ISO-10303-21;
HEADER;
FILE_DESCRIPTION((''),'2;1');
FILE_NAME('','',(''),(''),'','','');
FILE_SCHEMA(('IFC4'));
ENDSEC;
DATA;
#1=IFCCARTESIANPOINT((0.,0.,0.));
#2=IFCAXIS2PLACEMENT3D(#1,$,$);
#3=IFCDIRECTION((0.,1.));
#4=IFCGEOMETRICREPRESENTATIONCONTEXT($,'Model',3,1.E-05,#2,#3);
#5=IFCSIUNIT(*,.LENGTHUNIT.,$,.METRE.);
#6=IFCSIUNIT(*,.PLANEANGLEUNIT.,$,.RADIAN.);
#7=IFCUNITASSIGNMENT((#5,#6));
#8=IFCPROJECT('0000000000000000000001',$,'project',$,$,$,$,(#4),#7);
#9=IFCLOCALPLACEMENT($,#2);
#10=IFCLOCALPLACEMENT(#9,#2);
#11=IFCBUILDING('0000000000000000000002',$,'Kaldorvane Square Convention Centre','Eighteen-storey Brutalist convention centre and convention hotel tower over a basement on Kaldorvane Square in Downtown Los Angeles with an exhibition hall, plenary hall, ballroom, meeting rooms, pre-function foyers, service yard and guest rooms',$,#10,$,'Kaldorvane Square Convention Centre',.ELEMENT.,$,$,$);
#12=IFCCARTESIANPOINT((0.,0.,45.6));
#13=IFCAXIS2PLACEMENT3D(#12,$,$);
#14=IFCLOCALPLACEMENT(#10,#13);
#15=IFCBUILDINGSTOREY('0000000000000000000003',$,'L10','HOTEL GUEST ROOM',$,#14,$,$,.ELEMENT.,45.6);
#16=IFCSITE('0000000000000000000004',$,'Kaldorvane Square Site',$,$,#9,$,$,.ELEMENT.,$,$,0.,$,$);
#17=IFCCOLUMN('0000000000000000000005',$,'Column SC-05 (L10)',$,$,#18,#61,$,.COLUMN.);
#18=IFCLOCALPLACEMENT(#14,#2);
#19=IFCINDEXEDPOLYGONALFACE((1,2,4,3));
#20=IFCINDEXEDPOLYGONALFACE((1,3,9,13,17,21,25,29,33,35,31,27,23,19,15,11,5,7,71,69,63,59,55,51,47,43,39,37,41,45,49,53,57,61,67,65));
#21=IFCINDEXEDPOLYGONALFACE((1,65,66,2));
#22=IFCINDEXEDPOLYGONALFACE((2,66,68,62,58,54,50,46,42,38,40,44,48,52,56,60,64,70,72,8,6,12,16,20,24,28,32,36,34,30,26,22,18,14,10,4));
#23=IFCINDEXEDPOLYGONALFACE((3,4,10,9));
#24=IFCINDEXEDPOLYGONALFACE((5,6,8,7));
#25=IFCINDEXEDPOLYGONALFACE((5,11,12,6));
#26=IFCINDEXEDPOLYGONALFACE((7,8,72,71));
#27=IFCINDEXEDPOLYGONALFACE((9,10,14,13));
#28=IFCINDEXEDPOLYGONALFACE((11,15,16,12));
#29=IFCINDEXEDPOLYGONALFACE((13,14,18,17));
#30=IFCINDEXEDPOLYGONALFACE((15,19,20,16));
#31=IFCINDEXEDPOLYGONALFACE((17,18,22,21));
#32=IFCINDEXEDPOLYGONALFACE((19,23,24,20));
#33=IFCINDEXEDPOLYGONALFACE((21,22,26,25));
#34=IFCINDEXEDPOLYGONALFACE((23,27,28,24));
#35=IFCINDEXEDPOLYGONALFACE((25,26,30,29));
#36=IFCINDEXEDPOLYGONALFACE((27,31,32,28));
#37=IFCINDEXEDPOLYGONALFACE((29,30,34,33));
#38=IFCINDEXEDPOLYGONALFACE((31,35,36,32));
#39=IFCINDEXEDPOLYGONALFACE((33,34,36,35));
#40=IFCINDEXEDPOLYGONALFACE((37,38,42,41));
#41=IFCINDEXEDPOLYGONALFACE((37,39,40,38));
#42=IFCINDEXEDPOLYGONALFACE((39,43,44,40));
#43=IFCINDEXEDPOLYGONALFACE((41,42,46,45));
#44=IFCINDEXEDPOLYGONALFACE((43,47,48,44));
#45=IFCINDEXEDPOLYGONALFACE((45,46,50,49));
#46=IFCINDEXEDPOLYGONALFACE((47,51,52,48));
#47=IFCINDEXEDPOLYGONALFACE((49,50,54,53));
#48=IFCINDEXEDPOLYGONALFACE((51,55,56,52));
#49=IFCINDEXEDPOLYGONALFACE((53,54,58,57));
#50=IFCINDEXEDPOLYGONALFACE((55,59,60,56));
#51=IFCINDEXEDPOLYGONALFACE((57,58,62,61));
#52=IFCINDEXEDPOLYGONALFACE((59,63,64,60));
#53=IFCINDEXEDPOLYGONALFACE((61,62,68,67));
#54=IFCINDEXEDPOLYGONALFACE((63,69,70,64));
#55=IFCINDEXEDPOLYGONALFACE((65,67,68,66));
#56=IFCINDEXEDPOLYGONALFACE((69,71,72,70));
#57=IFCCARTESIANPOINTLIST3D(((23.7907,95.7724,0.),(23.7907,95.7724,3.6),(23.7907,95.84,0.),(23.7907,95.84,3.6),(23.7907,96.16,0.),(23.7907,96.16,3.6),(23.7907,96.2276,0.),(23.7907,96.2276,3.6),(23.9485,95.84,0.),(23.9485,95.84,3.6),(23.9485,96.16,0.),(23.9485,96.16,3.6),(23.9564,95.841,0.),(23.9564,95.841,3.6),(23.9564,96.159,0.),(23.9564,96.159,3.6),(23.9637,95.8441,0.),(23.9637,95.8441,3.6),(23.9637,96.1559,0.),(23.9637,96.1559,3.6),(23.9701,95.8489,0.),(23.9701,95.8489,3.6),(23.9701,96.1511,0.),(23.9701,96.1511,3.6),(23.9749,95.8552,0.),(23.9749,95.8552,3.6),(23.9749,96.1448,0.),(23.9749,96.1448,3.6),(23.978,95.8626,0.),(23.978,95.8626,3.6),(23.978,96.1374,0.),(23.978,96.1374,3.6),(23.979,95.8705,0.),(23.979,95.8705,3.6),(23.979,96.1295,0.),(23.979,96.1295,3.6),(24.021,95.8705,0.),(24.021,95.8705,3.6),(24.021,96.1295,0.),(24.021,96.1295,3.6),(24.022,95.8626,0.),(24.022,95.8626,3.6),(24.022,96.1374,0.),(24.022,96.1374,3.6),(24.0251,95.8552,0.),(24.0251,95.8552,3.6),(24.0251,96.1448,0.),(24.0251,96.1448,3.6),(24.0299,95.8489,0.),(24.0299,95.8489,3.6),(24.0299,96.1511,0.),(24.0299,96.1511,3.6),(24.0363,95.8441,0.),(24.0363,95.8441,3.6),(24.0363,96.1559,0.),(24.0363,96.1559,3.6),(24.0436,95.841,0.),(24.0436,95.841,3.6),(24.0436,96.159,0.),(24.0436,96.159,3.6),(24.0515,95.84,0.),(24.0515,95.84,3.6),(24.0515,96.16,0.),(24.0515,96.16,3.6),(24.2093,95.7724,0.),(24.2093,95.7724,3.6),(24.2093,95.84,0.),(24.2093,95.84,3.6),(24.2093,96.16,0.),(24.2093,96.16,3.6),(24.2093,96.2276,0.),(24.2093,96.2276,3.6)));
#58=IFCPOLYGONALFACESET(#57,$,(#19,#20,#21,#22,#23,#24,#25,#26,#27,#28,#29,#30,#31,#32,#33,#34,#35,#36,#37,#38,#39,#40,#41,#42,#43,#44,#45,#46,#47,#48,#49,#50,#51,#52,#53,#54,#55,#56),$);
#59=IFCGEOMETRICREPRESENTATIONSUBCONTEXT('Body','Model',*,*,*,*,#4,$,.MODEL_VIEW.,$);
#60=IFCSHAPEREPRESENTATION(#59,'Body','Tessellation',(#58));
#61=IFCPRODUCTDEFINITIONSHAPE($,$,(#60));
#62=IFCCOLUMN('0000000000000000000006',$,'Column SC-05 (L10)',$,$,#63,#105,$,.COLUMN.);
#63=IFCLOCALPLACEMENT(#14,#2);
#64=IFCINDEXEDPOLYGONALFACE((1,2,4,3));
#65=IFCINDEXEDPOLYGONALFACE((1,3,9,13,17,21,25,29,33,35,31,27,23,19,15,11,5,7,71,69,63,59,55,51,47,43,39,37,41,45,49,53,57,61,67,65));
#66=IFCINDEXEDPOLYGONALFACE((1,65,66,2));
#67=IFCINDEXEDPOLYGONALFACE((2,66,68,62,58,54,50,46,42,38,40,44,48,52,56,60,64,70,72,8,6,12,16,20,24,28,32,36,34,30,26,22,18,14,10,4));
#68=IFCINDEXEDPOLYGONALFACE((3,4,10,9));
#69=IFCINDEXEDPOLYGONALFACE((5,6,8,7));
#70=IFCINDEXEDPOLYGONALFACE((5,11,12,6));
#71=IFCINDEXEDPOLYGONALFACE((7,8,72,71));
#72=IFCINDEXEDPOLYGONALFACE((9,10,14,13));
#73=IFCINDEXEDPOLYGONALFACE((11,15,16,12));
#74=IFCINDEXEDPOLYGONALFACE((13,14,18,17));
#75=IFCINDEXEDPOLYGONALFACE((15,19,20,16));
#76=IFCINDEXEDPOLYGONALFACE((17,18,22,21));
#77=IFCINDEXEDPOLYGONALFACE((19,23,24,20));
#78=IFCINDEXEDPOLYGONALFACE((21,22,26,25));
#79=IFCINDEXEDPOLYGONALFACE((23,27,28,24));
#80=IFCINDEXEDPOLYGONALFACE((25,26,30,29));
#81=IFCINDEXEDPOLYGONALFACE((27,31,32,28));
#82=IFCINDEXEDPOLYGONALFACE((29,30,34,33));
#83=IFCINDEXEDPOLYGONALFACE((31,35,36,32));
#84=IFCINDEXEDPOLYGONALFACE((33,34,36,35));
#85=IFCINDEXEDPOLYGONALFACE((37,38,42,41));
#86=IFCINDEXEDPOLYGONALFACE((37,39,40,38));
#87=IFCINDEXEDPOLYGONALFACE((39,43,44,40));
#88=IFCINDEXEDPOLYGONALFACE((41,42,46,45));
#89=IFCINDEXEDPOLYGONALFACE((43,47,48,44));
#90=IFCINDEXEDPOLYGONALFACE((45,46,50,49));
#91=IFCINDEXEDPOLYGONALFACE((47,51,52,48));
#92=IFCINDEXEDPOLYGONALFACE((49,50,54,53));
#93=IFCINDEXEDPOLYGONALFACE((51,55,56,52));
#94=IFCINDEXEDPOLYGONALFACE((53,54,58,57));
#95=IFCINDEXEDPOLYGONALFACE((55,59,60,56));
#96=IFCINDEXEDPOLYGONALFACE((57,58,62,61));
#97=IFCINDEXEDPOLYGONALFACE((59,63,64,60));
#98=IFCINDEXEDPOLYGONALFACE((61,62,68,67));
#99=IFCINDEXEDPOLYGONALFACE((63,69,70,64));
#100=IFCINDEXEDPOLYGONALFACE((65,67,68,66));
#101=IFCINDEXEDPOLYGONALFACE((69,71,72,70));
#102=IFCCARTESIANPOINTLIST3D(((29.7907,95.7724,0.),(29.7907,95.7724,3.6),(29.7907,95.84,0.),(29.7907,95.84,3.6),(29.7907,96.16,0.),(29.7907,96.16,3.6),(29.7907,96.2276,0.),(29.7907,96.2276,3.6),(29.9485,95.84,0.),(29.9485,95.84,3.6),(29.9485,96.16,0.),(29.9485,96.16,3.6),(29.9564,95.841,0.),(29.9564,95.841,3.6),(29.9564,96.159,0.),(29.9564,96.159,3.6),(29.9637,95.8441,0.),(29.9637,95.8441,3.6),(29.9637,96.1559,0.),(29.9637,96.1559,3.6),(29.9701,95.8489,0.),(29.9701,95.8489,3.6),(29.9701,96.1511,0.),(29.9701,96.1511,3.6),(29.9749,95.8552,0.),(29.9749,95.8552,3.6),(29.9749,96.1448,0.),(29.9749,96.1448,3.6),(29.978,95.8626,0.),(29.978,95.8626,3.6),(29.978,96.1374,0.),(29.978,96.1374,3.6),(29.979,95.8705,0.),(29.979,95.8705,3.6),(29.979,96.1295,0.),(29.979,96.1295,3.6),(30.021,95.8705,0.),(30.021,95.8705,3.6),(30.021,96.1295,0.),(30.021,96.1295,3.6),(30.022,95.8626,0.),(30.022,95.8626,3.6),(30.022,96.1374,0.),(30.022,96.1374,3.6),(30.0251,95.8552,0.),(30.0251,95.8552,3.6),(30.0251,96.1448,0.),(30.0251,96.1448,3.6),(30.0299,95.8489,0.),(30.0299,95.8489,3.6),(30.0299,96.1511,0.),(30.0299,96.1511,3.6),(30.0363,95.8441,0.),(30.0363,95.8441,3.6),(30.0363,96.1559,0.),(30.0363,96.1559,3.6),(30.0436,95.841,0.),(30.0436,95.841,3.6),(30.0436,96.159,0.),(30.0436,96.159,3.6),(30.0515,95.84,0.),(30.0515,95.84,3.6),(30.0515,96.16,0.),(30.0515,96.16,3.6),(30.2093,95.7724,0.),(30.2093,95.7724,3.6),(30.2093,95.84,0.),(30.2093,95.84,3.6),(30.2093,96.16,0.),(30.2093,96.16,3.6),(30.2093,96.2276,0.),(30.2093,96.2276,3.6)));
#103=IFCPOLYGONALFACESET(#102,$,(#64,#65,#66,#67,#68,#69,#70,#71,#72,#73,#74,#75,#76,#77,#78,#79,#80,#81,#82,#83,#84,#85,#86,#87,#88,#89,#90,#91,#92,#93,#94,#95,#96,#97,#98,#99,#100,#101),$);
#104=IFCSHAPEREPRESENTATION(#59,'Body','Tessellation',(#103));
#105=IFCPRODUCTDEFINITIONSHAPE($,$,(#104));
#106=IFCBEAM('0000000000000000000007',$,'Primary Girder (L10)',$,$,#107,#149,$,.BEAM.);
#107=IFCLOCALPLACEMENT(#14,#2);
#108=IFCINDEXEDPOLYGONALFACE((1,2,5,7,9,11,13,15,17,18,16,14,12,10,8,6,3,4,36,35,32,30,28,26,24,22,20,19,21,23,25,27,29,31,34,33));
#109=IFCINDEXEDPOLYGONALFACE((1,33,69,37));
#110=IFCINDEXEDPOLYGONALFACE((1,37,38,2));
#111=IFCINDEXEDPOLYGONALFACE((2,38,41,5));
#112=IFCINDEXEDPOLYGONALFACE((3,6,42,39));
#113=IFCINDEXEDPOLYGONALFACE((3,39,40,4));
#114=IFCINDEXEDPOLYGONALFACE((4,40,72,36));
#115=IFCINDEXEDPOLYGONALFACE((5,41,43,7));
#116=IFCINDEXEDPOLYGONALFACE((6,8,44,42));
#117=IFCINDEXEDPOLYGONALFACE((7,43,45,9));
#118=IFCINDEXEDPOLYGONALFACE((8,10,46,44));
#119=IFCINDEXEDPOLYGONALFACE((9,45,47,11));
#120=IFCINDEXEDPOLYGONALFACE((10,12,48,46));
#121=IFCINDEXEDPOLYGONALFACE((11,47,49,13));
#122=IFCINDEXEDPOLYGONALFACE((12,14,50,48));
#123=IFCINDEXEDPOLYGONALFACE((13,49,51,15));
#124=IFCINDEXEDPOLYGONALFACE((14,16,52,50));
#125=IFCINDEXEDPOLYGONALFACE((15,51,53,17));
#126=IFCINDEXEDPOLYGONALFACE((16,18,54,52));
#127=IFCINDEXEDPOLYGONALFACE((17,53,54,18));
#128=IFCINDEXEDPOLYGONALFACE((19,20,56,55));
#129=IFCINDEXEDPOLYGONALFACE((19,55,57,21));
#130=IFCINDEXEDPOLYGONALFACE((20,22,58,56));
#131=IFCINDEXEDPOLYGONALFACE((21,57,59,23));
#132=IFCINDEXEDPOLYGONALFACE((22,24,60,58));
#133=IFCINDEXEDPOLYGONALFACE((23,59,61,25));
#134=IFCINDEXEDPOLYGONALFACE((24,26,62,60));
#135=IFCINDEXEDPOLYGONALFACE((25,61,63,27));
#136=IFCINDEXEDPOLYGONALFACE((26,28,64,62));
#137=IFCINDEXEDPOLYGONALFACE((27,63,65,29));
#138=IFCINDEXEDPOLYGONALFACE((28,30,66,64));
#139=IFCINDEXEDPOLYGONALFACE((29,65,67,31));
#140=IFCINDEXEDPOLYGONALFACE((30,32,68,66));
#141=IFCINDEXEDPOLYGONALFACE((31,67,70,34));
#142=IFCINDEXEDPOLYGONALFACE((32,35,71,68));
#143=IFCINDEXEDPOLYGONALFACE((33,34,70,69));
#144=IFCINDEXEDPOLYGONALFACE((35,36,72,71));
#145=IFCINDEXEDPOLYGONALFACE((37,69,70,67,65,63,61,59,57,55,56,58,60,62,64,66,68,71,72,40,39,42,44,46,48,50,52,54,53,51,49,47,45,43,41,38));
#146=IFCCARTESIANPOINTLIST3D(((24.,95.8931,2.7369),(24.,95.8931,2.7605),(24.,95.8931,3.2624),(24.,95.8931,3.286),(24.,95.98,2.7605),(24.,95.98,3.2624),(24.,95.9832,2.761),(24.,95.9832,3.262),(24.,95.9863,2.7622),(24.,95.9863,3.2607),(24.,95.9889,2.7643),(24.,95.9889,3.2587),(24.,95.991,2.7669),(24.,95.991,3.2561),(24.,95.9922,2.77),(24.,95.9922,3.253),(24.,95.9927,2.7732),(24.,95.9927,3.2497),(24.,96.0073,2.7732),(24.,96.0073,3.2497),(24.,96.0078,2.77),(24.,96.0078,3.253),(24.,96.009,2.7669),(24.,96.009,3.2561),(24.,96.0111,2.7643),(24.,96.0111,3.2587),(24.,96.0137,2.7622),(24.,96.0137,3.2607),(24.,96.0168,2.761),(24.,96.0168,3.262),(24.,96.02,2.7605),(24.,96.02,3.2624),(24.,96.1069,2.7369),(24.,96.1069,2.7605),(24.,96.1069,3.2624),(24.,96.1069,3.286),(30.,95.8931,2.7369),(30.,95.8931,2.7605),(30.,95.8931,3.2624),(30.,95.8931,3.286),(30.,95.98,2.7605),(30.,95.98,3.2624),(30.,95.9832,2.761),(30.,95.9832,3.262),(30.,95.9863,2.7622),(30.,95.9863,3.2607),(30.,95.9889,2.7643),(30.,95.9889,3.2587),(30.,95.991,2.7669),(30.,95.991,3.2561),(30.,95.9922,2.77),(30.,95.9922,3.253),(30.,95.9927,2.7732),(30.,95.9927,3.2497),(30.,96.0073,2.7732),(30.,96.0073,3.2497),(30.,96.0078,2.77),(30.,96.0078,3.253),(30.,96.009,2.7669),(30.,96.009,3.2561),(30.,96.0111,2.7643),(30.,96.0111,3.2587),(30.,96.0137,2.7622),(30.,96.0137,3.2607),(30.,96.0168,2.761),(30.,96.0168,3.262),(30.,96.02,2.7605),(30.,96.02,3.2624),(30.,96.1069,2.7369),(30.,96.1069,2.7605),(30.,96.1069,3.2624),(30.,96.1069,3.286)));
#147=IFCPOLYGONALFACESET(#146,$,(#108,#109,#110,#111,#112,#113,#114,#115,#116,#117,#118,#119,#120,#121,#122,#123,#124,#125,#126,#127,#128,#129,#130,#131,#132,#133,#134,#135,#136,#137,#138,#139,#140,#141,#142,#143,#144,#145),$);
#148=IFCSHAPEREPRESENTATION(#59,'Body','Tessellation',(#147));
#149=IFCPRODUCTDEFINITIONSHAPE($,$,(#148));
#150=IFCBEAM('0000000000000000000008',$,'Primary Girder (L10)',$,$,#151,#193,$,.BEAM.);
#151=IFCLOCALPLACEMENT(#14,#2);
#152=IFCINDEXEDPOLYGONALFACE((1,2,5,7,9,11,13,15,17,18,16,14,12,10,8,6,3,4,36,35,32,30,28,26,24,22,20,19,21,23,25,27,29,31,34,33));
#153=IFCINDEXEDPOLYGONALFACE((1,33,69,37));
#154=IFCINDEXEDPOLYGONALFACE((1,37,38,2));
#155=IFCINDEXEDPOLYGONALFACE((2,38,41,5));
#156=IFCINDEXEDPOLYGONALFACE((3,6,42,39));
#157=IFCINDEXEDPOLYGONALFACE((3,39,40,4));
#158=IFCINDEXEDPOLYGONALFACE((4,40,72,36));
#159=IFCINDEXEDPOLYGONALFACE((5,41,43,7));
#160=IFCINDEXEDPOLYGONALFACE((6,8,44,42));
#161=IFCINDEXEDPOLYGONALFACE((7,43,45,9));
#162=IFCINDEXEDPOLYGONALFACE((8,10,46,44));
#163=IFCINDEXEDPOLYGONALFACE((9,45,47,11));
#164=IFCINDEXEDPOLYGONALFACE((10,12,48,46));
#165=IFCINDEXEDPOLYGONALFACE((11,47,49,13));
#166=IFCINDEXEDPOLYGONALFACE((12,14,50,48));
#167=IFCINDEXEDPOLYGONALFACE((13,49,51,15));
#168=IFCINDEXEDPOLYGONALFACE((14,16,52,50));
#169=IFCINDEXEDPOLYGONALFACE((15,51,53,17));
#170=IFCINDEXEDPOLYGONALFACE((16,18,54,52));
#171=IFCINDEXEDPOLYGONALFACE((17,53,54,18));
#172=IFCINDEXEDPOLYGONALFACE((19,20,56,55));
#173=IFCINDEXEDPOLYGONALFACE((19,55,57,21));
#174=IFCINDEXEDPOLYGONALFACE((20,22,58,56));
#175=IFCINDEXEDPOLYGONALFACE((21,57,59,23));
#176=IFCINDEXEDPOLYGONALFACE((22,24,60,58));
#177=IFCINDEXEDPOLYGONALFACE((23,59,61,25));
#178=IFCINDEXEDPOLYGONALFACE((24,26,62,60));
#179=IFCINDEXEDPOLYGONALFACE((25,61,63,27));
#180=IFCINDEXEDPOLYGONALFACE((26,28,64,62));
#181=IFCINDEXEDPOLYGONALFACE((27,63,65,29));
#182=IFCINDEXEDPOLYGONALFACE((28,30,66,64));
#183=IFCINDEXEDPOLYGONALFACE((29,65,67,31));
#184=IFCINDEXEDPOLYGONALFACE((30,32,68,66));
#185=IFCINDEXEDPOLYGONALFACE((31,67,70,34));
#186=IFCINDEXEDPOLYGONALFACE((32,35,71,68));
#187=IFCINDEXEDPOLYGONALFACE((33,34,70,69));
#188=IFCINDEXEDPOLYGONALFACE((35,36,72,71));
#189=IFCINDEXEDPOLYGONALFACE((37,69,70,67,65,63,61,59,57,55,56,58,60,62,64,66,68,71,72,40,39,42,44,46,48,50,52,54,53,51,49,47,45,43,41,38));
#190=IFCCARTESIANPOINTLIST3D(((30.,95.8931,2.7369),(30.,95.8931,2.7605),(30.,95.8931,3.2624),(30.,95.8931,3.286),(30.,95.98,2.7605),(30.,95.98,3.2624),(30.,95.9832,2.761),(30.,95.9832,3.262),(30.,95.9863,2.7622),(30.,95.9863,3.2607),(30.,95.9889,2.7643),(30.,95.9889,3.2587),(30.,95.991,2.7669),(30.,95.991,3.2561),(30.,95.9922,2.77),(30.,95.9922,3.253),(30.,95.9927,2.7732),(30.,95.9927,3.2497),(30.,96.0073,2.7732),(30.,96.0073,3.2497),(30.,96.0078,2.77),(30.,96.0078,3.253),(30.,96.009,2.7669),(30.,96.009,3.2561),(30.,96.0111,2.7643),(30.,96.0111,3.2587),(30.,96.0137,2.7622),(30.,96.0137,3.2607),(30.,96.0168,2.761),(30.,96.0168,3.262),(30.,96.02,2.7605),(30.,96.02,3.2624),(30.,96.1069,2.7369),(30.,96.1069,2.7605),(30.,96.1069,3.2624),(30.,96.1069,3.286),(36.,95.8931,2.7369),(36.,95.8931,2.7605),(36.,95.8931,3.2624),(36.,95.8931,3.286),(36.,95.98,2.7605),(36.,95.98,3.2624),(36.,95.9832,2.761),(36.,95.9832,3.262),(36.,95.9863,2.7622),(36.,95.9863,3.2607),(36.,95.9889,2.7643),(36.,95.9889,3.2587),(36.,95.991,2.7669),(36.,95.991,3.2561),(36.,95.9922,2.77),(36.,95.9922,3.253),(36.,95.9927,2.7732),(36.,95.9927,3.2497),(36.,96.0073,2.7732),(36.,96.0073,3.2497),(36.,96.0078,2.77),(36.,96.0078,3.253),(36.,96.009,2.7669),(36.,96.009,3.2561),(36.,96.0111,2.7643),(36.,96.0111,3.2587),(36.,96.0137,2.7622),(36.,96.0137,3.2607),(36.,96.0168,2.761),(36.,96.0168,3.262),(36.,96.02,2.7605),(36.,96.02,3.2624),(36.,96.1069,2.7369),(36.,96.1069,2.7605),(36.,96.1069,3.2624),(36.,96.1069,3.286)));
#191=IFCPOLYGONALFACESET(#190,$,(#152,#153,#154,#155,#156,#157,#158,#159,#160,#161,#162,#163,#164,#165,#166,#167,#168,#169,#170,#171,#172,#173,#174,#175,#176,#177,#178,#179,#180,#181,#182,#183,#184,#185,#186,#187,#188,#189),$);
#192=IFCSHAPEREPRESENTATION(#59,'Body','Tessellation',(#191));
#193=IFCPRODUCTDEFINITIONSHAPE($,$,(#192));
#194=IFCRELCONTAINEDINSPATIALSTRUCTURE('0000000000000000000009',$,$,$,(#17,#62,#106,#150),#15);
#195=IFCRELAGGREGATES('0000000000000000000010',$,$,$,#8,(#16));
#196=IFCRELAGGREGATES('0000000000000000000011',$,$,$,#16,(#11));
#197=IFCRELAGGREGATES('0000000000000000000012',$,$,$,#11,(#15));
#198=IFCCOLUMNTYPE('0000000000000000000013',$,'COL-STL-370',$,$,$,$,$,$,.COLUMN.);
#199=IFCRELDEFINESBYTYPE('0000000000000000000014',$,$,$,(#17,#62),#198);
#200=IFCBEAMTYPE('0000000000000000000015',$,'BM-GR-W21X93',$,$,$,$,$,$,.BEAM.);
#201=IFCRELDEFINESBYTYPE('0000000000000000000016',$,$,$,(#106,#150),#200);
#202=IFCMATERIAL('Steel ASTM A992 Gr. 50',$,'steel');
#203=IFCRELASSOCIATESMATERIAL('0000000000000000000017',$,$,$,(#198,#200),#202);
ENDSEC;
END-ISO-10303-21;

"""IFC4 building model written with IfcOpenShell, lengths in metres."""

from ifc_helpers import new_model, si_unit, direction, frame, origin, origin_2d, place, context, subcontext, project, spatial, i_section, extrude, material, material_profile, profile_set, type_object, element, save


model = new_model("IFC4")

# Units and contexts
model_context = context("Model", 3, precision=1e-05, world=origin(), true_north=direction((0.0, 1.0)))
body_context = subcontext(model_context, "Body", "Model", "MODEL_VIEW")
ifc_project = project(units=[si_unit("LENGTHUNIT", "METRE"), si_unit("PLANEANGLEUNIT", "RADIAN")], contexts=[model_context])

# Site, building, storey
site_placement = place(None, origin())
site = spatial("IfcSite", under=ifc_project, at=site_placement, Name="Kaldorvane Square Site", CompositionType="ELEMENT", RefElevation=0.0)
building_placement = place(site_placement, origin())
building = spatial("IfcBuilding", under=site, at=building_placement, Name="Kaldorvane Square Convention Centre", Description="Eighteen-storey Brutalist convention centre and convention hotel tower over a basement on Kaldorvane Square in Downtown Los Angeles with an exhibition hall, plenary hall, ballroom, meeting rooms, pre-function foyers, service yard and guest rooms", LongName="Kaldorvane Square Convention Centre", CompositionType="ELEMENT")
storey_placement = place(building_placement, frame((0.0, 0.0, 45.6)))
storey = spatial("IfcBuildingStorey", under=building, at=storey_placement, Name="L10", Description="HOTEL GUEST ROOM", CompositionType="ELEMENT", Elevation=45.6)

# Columns
ifc_material_1 = material(Name="Steel ASTM A992 Gr. 50", Category="steel")
ifc_material_profile_1 = material_profile(ifc_material_1, i_section(OverallWidth=0.4185, OverallDepth=0.4552, WebThickness=0.042, FlangeThickness=0.0676, FilletRadius=0.0305, at=origin_2d()), Name="W14X370")
ifc_profile_set_1 = profile_set([ifc_material_profile_1], Name="Steel ASTM A992 Gr. 50")
column_type = type_object("IfcColumnType", Name="COL-STL-370", PredefinedType="COLUMN", material=ifc_profile_set_1)
for number, where, z_axis, x_axis, name in (
    (1, (24.0, 96.0, 0.0), (0.0, 0.0, 1.0), (1.0, 0.0, 0.0), "Column SC-05 (L10)"),
    (2, (30.0, 96.0, 0.0), (0.0, 0.0, 1.0), (1.0, 0.0, 0.0), "Column SC-05 (L10)"),
):
    element("IfcColumn", number, at=place(storey_placement, frame(where, z_axis=z_axis, x_axis=x_axis)), inside=storey, type_object=column_type, Name=name, PredefinedType="COLUMN", context=body_context, shape_type="SweptSolid", body=[
        extrude(i_section(OverallWidth=0.4185, OverallDepth=0.4552, WebThickness=0.042, FlangeThickness=0.0676, FilletRadius=0.0305, at=origin_2d()), origin(), (0.0, 0.0, 1.0), 3.6),
    ])

# Beams
ifc_material_profile_2 = material_profile(ifc_material_1, i_section(OverallWidth=0.2139, OverallDepth=0.5491, WebThickness=0.0147, FlangeThickness=0.0236, FilletRadius=0.0127, at=origin_2d()), Name="W21X93")
ifc_profile_set_2 = profile_set([ifc_material_profile_2], Name="Steel ASTM A992 Gr. 50")
beam_type_1 = type_object("IfcBeamType", Name="BM-GR-W21X93", PredefinedType="BEAM", material=ifc_profile_set_2)
for number, where, z_axis, x_axis, name in (
    (3, (24.0, 96.0, 3.0115), (1.0, 0.0, 0.0), (0.0, 1.0, 0.0), "Primary Girder (L10)"),
    (4, (30.0, 96.0, 3.0115), (1.0, 0.0, 0.0), (0.0, 1.0, 0.0), "Primary Girder (L10)"),
):
    element("IfcBeam", number, at=place(storey_placement, frame(where, z_axis=z_axis, x_axis=x_axis)), inside=storey, type_object=beam_type_1, Name=name, PredefinedType="BEAM", context=body_context, shape_type="SweptSolid", body=[
        extrude(i_section(OverallWidth=0.2139, OverallDepth=0.5491, WebThickness=0.0147, FlangeThickness=0.0236, FilletRadius=0.0127, at=origin_2d()), origin(), (0.0, 0.0, 1.0), 6.0),
    ])

save(model, "model.ifc")
